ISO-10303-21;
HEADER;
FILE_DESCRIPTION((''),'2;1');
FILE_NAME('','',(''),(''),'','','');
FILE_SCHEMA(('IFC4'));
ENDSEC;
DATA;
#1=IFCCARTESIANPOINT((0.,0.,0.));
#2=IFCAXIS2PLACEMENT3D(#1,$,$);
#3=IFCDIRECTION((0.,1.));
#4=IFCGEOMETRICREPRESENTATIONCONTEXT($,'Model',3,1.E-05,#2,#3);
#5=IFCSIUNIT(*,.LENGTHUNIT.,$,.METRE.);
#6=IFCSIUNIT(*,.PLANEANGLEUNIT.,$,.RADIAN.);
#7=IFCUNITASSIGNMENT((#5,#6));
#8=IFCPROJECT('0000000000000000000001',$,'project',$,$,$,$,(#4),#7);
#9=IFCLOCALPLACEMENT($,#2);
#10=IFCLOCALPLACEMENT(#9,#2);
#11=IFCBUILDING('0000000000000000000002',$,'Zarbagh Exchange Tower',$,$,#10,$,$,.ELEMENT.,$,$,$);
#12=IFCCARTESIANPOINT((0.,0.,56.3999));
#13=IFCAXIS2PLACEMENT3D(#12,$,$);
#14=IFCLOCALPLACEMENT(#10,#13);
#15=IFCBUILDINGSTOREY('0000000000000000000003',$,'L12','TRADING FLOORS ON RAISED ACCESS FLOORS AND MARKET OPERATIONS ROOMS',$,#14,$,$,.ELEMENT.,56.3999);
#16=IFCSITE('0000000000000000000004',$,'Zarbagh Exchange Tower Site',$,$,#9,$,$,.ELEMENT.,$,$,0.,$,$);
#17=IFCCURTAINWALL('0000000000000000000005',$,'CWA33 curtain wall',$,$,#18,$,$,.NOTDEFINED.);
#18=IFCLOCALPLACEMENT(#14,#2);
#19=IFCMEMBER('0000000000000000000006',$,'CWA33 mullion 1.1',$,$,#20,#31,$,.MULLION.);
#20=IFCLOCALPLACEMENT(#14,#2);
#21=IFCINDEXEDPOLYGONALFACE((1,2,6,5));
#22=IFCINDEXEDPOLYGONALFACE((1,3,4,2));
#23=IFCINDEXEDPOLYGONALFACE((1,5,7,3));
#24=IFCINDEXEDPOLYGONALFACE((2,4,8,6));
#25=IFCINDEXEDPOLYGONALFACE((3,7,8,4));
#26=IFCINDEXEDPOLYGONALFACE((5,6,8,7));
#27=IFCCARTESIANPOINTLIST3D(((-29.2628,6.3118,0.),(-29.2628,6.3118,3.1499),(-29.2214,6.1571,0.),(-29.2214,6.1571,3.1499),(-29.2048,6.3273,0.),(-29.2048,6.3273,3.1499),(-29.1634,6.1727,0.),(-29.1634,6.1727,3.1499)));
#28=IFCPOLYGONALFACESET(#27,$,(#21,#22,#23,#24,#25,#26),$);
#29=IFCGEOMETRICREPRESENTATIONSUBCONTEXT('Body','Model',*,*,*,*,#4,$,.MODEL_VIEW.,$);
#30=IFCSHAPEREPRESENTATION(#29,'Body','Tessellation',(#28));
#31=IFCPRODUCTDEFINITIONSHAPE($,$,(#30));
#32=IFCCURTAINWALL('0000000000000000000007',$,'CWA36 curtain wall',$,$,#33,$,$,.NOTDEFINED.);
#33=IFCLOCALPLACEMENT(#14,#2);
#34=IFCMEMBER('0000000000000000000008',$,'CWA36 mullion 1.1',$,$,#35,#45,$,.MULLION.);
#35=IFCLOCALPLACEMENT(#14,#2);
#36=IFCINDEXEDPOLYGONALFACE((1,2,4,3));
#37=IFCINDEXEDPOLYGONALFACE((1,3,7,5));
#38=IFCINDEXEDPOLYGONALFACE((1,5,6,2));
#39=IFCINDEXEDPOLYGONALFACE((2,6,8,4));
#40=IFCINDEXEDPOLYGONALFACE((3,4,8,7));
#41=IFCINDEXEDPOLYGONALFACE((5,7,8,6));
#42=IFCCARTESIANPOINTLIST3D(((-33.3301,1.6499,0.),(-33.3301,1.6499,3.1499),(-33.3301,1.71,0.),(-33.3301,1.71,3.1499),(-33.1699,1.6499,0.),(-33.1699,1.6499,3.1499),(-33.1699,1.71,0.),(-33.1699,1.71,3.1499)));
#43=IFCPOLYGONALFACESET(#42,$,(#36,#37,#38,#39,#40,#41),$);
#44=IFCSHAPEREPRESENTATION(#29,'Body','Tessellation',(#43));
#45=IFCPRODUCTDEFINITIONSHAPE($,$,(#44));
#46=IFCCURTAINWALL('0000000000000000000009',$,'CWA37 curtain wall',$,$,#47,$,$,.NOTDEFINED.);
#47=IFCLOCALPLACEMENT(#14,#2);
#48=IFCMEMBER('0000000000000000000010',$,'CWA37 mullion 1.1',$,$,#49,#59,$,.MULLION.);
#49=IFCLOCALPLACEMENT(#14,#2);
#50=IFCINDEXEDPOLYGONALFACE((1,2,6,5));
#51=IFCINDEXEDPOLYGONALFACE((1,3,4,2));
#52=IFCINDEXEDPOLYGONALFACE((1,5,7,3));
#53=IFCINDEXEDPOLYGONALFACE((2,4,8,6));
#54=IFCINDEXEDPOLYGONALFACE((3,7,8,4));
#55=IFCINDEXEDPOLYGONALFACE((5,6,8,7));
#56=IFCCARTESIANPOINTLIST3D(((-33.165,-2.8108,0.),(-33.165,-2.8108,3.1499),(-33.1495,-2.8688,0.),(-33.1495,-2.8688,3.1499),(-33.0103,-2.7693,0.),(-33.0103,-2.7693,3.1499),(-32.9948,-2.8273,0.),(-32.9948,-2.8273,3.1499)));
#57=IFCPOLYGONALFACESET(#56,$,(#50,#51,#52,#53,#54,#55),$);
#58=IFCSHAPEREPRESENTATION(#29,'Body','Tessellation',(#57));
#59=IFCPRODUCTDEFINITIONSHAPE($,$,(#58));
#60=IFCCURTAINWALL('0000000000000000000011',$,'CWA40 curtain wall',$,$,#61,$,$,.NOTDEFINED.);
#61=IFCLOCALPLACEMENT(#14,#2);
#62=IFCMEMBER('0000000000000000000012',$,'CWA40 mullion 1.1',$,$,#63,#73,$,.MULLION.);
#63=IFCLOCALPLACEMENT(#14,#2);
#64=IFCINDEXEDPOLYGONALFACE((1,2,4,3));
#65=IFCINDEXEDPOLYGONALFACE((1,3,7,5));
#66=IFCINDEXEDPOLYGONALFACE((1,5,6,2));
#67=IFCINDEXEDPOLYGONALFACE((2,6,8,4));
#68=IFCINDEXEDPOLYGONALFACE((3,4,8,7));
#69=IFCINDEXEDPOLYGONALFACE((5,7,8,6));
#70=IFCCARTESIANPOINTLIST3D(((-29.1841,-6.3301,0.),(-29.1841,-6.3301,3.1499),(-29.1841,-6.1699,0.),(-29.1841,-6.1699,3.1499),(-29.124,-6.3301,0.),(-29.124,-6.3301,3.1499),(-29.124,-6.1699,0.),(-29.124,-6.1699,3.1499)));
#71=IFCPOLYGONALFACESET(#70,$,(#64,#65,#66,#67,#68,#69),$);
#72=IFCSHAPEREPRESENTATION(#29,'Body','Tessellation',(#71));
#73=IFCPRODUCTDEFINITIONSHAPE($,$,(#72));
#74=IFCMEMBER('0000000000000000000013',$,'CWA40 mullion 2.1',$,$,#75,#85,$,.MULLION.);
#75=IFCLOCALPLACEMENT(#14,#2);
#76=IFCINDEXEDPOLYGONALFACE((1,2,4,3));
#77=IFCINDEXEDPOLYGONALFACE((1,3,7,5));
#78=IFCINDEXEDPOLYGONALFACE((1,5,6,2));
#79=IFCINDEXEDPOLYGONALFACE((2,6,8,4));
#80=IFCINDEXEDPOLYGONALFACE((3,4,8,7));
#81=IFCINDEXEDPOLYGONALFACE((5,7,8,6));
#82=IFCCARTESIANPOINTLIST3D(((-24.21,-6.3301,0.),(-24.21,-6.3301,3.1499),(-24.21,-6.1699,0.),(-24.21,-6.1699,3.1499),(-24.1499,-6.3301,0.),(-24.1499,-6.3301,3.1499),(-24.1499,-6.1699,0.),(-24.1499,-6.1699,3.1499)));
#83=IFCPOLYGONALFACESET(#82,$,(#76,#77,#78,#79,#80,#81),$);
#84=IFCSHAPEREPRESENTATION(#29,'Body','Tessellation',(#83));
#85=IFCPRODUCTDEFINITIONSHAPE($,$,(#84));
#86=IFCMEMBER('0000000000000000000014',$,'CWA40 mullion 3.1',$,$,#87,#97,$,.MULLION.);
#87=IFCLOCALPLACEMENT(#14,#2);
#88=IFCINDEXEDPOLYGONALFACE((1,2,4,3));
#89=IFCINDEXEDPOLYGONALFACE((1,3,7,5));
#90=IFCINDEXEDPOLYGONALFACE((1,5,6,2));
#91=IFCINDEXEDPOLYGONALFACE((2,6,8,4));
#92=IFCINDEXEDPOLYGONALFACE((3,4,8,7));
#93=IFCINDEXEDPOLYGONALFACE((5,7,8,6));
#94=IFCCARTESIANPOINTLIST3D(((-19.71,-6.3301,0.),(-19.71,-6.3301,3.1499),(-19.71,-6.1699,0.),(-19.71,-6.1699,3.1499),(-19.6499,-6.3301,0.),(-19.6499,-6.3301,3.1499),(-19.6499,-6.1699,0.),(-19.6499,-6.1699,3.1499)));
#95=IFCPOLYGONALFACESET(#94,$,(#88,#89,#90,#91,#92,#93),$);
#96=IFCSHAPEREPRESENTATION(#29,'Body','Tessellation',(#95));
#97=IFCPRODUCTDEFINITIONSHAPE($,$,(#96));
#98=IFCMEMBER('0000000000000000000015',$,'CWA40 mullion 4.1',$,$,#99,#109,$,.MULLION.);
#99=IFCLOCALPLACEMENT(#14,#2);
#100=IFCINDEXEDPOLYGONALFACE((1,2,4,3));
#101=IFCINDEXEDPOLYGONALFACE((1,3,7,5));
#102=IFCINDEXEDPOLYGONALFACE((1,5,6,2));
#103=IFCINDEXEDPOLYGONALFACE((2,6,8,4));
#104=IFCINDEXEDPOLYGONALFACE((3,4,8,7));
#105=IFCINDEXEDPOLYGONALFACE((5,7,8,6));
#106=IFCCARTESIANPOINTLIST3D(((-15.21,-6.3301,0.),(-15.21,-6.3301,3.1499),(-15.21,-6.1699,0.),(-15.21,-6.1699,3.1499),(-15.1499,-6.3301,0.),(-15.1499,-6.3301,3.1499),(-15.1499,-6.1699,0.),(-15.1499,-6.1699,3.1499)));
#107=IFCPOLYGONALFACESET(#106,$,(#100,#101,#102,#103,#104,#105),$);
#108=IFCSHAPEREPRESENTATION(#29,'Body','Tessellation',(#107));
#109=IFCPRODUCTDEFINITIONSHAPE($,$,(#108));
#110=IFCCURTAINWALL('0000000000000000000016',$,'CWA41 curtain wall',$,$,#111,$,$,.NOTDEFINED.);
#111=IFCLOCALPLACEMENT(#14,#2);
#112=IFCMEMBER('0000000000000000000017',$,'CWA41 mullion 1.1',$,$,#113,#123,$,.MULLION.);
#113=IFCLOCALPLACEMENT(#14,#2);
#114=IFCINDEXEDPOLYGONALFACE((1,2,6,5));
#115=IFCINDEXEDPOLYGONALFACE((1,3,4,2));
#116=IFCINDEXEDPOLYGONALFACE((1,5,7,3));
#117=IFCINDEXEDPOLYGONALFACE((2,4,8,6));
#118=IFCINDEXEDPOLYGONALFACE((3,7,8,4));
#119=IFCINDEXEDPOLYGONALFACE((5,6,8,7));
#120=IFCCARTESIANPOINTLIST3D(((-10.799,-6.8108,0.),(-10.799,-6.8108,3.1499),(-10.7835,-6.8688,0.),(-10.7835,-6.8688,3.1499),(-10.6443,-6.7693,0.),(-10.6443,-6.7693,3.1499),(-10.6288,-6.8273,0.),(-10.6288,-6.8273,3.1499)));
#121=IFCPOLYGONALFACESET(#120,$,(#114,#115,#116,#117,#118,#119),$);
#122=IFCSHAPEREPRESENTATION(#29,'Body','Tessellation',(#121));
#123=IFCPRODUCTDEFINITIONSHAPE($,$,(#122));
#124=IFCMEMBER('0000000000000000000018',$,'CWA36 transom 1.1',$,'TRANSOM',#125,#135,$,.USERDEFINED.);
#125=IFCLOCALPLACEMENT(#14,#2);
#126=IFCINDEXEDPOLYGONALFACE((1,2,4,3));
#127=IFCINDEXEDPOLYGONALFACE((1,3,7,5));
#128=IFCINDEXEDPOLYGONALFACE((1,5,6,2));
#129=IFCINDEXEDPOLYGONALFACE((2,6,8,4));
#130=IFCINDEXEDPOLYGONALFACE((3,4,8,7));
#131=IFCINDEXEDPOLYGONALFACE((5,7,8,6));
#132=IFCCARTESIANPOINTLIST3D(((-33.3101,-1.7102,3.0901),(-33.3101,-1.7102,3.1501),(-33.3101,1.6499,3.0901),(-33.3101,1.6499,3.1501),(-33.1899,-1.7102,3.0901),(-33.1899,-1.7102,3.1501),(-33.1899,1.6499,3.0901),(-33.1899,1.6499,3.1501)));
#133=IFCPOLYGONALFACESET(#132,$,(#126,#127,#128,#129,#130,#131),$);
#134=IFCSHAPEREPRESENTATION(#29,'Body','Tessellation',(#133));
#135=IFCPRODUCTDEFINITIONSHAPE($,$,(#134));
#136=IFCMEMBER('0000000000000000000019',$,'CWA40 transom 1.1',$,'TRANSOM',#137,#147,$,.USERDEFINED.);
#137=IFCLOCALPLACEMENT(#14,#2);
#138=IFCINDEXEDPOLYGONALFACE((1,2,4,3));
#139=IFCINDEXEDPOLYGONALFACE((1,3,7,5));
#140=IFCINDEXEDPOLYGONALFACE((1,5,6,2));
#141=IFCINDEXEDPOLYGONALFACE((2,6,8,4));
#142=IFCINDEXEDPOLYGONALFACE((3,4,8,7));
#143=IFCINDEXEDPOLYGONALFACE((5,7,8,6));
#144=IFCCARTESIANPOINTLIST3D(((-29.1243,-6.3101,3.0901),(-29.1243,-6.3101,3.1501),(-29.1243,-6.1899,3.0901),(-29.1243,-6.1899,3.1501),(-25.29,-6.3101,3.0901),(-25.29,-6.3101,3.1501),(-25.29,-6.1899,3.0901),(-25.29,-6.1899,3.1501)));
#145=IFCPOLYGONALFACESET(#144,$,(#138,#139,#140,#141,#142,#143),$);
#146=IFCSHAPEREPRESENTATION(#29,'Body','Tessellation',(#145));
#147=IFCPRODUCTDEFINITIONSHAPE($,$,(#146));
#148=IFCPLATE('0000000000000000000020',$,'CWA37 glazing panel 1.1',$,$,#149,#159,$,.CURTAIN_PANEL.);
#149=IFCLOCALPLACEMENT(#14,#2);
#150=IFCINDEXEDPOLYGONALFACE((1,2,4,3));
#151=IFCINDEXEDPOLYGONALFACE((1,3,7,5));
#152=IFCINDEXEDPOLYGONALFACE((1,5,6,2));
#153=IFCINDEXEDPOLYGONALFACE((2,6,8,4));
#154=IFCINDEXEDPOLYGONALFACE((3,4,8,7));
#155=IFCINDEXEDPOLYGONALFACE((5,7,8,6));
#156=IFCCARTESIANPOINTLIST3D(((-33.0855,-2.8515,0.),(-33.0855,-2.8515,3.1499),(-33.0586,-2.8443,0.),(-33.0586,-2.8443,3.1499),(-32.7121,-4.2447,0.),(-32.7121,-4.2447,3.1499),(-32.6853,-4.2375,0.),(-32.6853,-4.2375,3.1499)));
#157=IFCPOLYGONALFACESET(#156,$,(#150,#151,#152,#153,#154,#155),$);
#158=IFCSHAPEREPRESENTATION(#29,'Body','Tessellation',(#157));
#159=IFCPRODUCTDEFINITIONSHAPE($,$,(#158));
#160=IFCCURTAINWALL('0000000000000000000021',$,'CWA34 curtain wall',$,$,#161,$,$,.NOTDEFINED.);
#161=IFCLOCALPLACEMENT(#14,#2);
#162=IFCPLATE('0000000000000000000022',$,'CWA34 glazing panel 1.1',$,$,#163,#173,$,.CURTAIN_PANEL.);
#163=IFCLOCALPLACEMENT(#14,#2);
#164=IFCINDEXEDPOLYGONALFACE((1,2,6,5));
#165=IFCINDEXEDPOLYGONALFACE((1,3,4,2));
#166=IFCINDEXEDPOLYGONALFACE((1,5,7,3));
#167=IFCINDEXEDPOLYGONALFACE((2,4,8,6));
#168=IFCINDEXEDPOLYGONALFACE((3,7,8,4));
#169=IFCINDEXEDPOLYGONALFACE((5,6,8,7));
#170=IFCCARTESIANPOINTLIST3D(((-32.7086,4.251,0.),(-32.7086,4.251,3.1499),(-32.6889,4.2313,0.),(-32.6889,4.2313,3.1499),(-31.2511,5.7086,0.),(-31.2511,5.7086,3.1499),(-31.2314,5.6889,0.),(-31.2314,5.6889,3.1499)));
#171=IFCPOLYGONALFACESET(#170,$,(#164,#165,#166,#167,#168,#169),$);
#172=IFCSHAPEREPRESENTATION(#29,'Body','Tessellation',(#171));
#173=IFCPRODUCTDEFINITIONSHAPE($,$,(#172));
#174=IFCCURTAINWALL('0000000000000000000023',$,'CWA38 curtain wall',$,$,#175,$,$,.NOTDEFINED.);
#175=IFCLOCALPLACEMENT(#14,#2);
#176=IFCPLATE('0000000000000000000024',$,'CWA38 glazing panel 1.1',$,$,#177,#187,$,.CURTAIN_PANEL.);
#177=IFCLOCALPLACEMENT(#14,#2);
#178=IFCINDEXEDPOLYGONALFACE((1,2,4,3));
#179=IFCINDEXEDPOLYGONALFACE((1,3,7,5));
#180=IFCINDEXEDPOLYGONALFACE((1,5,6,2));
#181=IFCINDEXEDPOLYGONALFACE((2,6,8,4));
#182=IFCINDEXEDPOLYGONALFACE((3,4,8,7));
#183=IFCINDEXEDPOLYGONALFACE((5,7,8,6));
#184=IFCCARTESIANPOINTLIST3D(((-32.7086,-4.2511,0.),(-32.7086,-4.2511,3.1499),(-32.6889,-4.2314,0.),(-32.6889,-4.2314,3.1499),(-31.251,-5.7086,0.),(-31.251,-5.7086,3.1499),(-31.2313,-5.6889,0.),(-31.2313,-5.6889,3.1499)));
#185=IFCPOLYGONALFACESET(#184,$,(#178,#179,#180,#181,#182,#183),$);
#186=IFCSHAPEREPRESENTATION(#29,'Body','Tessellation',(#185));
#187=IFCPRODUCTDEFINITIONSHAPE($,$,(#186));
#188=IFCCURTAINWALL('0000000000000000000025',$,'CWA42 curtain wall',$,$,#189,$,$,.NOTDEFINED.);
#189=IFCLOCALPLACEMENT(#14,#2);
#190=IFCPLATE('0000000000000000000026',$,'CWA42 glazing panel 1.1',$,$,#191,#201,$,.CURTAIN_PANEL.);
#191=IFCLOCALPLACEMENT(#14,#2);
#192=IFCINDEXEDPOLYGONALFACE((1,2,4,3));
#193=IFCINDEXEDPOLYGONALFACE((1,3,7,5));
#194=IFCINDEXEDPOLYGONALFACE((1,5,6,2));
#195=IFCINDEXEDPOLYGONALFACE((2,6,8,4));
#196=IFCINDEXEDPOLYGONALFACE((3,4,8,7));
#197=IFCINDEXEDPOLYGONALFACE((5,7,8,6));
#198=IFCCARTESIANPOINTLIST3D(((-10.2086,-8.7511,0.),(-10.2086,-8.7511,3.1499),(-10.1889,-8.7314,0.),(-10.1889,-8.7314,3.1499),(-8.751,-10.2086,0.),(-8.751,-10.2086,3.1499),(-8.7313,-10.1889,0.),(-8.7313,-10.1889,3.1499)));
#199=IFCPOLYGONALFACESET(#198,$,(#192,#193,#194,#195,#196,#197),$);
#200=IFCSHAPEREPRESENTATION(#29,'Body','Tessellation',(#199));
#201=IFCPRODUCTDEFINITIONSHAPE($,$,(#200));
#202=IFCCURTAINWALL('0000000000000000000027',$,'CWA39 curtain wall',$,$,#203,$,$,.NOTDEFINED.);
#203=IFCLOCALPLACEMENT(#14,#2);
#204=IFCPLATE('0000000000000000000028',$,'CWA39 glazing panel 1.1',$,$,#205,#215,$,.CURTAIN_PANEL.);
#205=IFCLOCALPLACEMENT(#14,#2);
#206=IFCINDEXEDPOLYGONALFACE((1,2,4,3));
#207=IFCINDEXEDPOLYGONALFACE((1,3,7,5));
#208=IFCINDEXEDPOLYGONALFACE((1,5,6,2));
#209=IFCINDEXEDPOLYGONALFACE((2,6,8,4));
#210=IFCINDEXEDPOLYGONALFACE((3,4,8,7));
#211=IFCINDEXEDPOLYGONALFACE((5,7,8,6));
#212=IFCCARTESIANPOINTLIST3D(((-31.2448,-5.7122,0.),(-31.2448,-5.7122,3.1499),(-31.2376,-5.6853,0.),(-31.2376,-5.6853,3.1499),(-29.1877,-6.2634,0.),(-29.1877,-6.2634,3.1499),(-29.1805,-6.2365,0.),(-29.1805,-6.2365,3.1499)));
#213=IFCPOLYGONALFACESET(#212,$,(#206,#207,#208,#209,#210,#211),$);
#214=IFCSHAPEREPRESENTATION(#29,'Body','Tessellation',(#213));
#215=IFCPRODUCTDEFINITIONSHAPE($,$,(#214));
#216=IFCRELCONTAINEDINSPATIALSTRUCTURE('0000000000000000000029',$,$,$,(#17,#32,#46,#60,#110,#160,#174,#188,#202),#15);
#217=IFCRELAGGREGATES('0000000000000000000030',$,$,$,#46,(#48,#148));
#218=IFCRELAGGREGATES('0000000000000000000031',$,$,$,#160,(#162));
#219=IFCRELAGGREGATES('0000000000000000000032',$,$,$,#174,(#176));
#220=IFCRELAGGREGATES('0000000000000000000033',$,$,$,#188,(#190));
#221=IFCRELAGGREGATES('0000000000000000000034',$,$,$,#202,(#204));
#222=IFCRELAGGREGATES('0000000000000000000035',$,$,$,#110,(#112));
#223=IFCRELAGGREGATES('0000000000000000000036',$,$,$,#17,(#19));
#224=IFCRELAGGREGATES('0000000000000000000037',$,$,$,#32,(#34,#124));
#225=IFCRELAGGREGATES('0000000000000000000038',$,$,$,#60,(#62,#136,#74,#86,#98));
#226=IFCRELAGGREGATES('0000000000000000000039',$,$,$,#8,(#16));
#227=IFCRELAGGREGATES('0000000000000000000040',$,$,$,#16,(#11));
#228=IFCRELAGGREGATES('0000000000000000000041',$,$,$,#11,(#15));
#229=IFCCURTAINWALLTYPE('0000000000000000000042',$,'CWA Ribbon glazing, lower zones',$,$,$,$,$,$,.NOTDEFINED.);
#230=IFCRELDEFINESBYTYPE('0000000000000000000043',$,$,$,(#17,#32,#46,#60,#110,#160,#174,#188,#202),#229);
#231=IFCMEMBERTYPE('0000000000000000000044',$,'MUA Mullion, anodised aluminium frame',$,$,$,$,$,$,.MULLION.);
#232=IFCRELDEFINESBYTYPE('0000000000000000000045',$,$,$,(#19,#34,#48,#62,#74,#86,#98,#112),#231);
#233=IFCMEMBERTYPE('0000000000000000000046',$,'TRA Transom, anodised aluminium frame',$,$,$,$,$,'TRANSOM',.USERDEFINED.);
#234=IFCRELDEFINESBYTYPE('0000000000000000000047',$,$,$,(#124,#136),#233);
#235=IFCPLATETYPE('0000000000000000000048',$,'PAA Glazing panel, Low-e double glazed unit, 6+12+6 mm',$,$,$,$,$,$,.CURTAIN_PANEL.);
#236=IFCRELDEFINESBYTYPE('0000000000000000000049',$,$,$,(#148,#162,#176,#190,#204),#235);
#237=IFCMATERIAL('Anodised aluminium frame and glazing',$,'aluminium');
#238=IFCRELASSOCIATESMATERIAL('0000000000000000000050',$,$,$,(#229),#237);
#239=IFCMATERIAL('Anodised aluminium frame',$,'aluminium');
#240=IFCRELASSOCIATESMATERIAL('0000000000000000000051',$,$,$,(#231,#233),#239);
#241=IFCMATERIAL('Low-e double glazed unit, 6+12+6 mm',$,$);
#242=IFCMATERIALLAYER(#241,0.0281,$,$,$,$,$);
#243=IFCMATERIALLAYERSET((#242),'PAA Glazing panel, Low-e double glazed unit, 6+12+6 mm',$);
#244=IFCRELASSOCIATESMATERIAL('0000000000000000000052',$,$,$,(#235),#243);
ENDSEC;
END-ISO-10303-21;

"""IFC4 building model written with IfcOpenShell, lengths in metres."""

from ifc_helpers import new_model, si_unit, direction, frame, origin, place, context, subcontext, project, spatial, polyline, outline, extrude, source, transform, mapped, material, layer, layer_set, type_object, element, aggregate, save


model = new_model("IFC4")

# Units and contexts
model_context = context("Model", 3, precision=1e-05, world=origin(), true_north=direction((0.0, 1.0)))
body_context = subcontext(model_context, "Body", "Model", "MODEL_VIEW")
ifc_project = project(units=[si_unit("LENGTHUNIT", "METRE"), si_unit("PLANEANGLEUNIT", "RADIAN")], contexts=[model_context])

# Site, building, storey
site_placement = place(None, origin())
site = spatial("IfcSite", under=ifc_project, at=site_placement, Name="Zarbagh Exchange Tower Site", CompositionType="ELEMENT", RefElevation=0.0)
building_placement = place(site_placement, origin())
building = spatial("IfcBuilding", under=site, at=building_placement, Name="Zarbagh Exchange Tower", CompositionType="ELEMENT")
storey_placement = place(building_placement, frame((0.0, 0.0, 56.3999)))
storey = spatial("IfcBuildingStorey", under=building, at=storey_placement, Name="L12", Description="TRADING FLOORS ON RAISED ACCESS FLOORS AND MARKET OPERATIONS ROOMS", CompositionType="ELEMENT", Elevation=56.3999)

# Curtain walls, members
ifc_material_1 = material(Name="Anodised aluminium frame and glazing", Category="aluminium")
curtain_wall_type = type_object("IfcCurtainWallType", Name="CWA Ribbon glazing, lower zones", PredefinedType="NOTDEFINED", material=ifc_material_1)
curtain_wall_1_placement = place(storey_placement, origin())
curtain_wall_1 = element("IfcCurtainWall", 1, at=curtain_wall_1_placement, inside=storey, type_object=curtain_wall_type, Name="CWA33 curtain wall", PredefinedType="NOTDEFINED")
ifc_material_2 = material(Name="Anodised aluminium frame", Category="aluminium")
member_type_1 = type_object("IfcMemberType", Name="MUA Mullion, anodised aluminium frame", PredefinedType="MULLION", material=ifc_material_2)
shared_shape_1 = source(origin(), body_context, "Body", "SweptSolid", [
    extrude(outline(polyline([(0.0, -0.0801), (0.0601, -0.0801), (0.0601, 0.0801), (0.0, 0.0801), (0.0, -0.0801)])), origin(), (0.0, 0.0, 1.0), 3.1499),
])
placement = place(storey_placement, origin())
member_1 = element("IfcMember", 2, at=placement, type_object=member_type_1, Name="CWA33 mullion 1.1", PredefinedType="MULLION", context=body_context, shape_type="MappedRepresentation", body=[
    mapped(shared_shape_1, transform((-29.1841, 6.25, 0.0), x_axis=(-0.965924, -0.258825, 0.0), y_axis=(0.258825, -0.965924, 0.0), z_axis=(0.0, 0.0, 1.0))),
])
curtain_wall_2_placement = place(storey_placement, origin())
curtain_wall_2 = element("IfcCurtainWall", 3, at=curtain_wall_2_placement, inside=storey, type_object=curtain_wall_type, Name="CWA36 curtain wall", PredefinedType="NOTDEFINED")
member_2 = element("IfcMember", 4, at=placement, type_object=member_type_1, Name="CWA36 mullion 1.1", PredefinedType="MULLION", context=body_context, shape_type="MappedRepresentation", body=[
    mapped(shared_shape_1, transform((-33.25, 1.71, 0.0), x_axis=(0.0, -1.0, 0.0), y_axis=(1.0, 0.0, 0.0), z_axis=(0.0, 0.0, 1.0))),
])
curtain_wall_3_placement = place(storey_placement, origin())
curtain_wall_3 = element("IfcCurtainWall", 5, at=curtain_wall_3_placement, inside=storey, type_object=curtain_wall_type, Name="CWA37 curtain wall", PredefinedType="NOTDEFINED")
member_3 = element("IfcMember", 6, at=placement, type_object=member_type_1, Name="CWA37 mullion 1.1", PredefinedType="MULLION", context=body_context, shape_type="MappedRepresentation", body=[
    mapped(shared_shape_1, transform((-33.0876, -2.79, 0.0), x_axis=(0.258825, -0.965924, 0.0), y_axis=(0.965924, 0.258825, 0.0), z_axis=(0.0, 0.0, 1.0))),
])

# Curtain wall, members
curtain_wall_4_placement = place(storey_placement, origin())
curtain_wall_4 = element("IfcCurtainWall", 7, at=curtain_wall_4_placement, inside=storey, type_object=curtain_wall_type, Name="CWA40 curtain wall", PredefinedType="NOTDEFINED")
member_4 = element("IfcMember", 8, at=placement, type_object=member_type_1, Name="CWA40 mullion 1.1", PredefinedType="MULLION", context=body_context, shape_type="MappedRepresentation", body=[
    mapped(shared_shape_1, transform((-29.1841, -6.25, 0.0), x_axis=(1.0, 0.0, 0.0), y_axis=(0.0, 1.0, 0.0), z_axis=(0.0, 0.0, 1.0))),
])
member_5 = element("IfcMember", 9, at=placement, type_object=member_type_1, Name="CWA40 mullion 2.1", PredefinedType="MULLION", context=body_context, shape_type="MappedRepresentation", body=[
    mapped(shared_shape_1, transform((-24.21, -6.25, 0.0), x_axis=(1.0, 0.0, 0.0), y_axis=(0.0, 1.0, 0.0), z_axis=(0.0, 0.0, 1.0))),
])
member_6 = element("IfcMember", 10, at=placement, type_object=member_type_1, Name="CWA40 mullion 3.1", PredefinedType="MULLION", context=body_context, shape_type="MappedRepresentation", body=[
    mapped(shared_shape_1, transform((-19.71, -6.25, 0.0), x_axis=(1.0, 0.0, 0.0), y_axis=(0.0, 1.0, 0.0), z_axis=(0.0, 0.0, 1.0))),
])
member_7 = element("IfcMember", 11, at=placement, type_object=member_type_1, Name="CWA40 mullion 4.1", PredefinedType="MULLION", context=body_context, shape_type="MappedRepresentation", body=[
    mapped(shared_shape_1, transform((-15.21, -6.25, 0.0), x_axis=(1.0, 0.0, 0.0), y_axis=(0.0, 1.0, 0.0), z_axis=(0.0, 0.0, 1.0))),
])

# Curtain wall, member
curtain_wall_5_placement = place(storey_placement, origin())
curtain_wall_5 = element("IfcCurtainWall", 12, at=curtain_wall_5_placement, inside=storey, type_object=curtain_wall_type, Name="CWA41 curtain wall", PredefinedType="NOTDEFINED")
member_8 = element("IfcMember", 13, at=placement, type_object=member_type_1, Name="CWA41 mullion 1.1", PredefinedType="MULLION", context=body_context, shape_type="MappedRepresentation", body=[
    mapped(shared_shape_1, transform((-10.7217, -6.79, 0.0), x_axis=(0.258825, -0.965924, 0.0), y_axis=(0.965924, 0.258825, 0.0), z_axis=(0.0, 0.0, 1.0))),
])

# Members
member_type_2 = type_object("IfcMemberType", Name="TRA Transom, anodised aluminium frame", ElementType="TRANSOM", PredefinedType="USERDEFINED", material=ifc_material_2)
shared_shape_2 = source(origin(), body_context, "Body", "SweptSolid", [
    extrude(outline(polyline([(-0.0601, -0.0601), (0.0, -0.0601), (0.0, 0.0601), (-0.0601, 0.0601), (-0.0601, -0.0601)])), origin(), (0.0, 0.0, 1.0), 3.3601),
])
member_9 = element("IfcMember", 14, at=placement, type_object=member_type_2, Name="CWA36 transom 1.1", ObjectType="TRANSOM", PredefinedType="USERDEFINED", context=body_context, shape_type="MappedRepresentation", body=[
    mapped(shared_shape_2, transform((-33.25, 1.6499, 3.1501), x_axis=(0.0, 0.0, 1.0), y_axis=(-1.0, 0.0, 0.0), z_axis=(0.0, -1.0, 0.0))),
])
shared_shape_3 = source(origin(), body_context, "Body", "SweptSolid", [
    extrude(outline(polyline([(-0.0601, -0.0601), (0.0, -0.0601), (0.0, 0.0601), (-0.0601, 0.0601), (-0.0601, -0.0601)])), origin(), (0.0, 0.0, 1.0), 3.8342),
])
member_10 = element("IfcMember", 15, at=placement, type_object=member_type_2, Name="CWA40 transom 1.1", ObjectType="TRANSOM", PredefinedType="USERDEFINED", context=body_context, shape_type="MappedRepresentation", body=[
    mapped(shared_shape_3, transform((-29.1243, -6.25, 3.1501), x_axis=(0.0, 0.0, 1.0), y_axis=(0.0, -1.0, 0.0), z_axis=(1.0, 0.0, 0.0))),
])

# Plate
ifc_material_3 = material(Name="Low-e double glazed unit, 6+12+6 mm")
ifc_layer = layer(ifc_material_3, 0.0281)
ifc_layer_set = layer_set([ifc_layer], Name="PAA Glazing panel, Low-e double glazed unit, 6+12+6 mm")
plate_type = type_object("IfcPlateType", Name="PAA Glazing panel, Low-e double glazed unit, 6+12+6 mm", PredefinedType="CURTAIN_PANEL", material=ifc_layer_set)
shared_shape_4 = source(origin(), body_context, "Body", "SweptSolid", [
    extrude(outline(polyline([(0.0, -0.0139), (1.4424, -0.0139), (1.4424, 0.0139), (0.0, 0.0139), (0.0, -0.0139)])), origin(), (0.0, 0.0, 1.0), 3.1499),
])
plate_1 = element("IfcPlate", 16, at=placement, type_object=plate_type, Name="CWA37 glazing panel 1.1", PredefinedType="CURTAIN_PANEL", context=body_context, shape_type="MappedRepresentation", body=[
    mapped(shared_shape_4, transform((-33.072, -2.8479, 0.0), x_axis=(0.258825, -0.965924, 0.0), y_axis=(0.965924, 0.258825, 0.0), z_axis=(0.0, 0.0, 1.0))),
])
aggregate(curtain_wall_3, [member_3, plate_1])

# Curtain walls, plates
curtain_wall_6_placement = place(storey_placement, origin())
curtain_wall_6 = element("IfcCurtainWall", 17, at=curtain_wall_6_placement, inside=storey, type_object=curtain_wall_type, Name="CWA34 curtain wall", PredefinedType="NOTDEFINED")
shared_shape_5 = source(origin(), body_context, "Body", "SweptSolid", [
    extrude(outline(polyline([(0.0, -0.0139), (2.0613, -0.0139), (2.0613, 0.0139), (0.0, 0.0139), (0.0, -0.0139)])), origin(), (0.0, 0.0, 1.0), 3.1499),
])
plate_2 = element("IfcPlate", 18, at=placement, type_object=plate_type, Name="CWA34 glazing panel 1.1", PredefinedType="CURTAIN_PANEL", context=body_context, shape_type="MappedRepresentation", body=[
    mapped(shared_shape_5, transform((-31.2412, 5.6987, 0.0), x_axis=(-0.707107, -0.707107, 0.0), y_axis=(0.707107, -0.707107, 0.0), z_axis=(0.0, 0.0, 1.0))),
])
aggregate(curtain_wall_6, [plate_2])
curtain_wall_7_placement = place(storey_placement, origin())
curtain_wall_7 = element("IfcCurtainWall", 19, at=curtain_wall_7_placement, inside=storey, type_object=curtain_wall_type, Name="CWA38 curtain wall", PredefinedType="NOTDEFINED")
plate_3 = element("IfcPlate", 20, at=placement, type_object=plate_type, Name="CWA38 glazing panel 1.1", PredefinedType="CURTAIN_PANEL", context=body_context, shape_type="MappedRepresentation", body=[
    mapped(shared_shape_5, transform((-32.6987, -4.2412, 0.0), x_axis=(0.707107, -0.707107, 0.0), y_axis=(0.707107, 0.707107, 0.0), z_axis=(0.0, 0.0, 1.0))),
])
aggregate(curtain_wall_7, [plate_3])
curtain_wall_8_placement = place(storey_placement, origin())
curtain_wall_8 = element("IfcCurtainWall", 21, at=curtain_wall_8_placement, inside=storey, type_object=curtain_wall_type, Name="CWA42 curtain wall", PredefinedType="NOTDEFINED")
plate_4 = element("IfcPlate", 22, at=placement, type_object=plate_type, Name="CWA42 glazing panel 1.1", PredefinedType="CURTAIN_PANEL", context=body_context, shape_type="MappedRepresentation", body=[
    mapped(shared_shape_5, transform((-10.1987, -8.7412, 0.0), x_axis=(0.707107, -0.707107, 0.0), y_axis=(0.707107, 0.707107, 0.0), z_axis=(0.0, 0.0, 1.0))),
])
aggregate(curtain_wall_8, [plate_4])
curtain_wall_9_placement = place(storey_placement, origin())
curtain_wall_9 = element("IfcCurtainWall", 23, at=curtain_wall_9_placement, inside=storey, type_object=curtain_wall_type, Name="CWA39 curtain wall", PredefinedType="NOTDEFINED")
shared_shape_6 = source(origin(), body_context, "Body", "SweptSolid", [
    extrude(outline(polyline([(0.0, -0.0139), (2.1296, -0.0139), (2.1296, 0.0139), (0.0, 0.0139), (0.0, -0.0139)])), origin(), (0.0, 0.0, 1.0), 3.1499),
])
plate_5 = element("IfcPlate", 24, at=placement, type_object=plate_type, Name="CWA39 glazing panel 1.1", PredefinedType="CURTAIN_PANEL", context=body_context, shape_type="MappedRepresentation", body=[
    mapped(shared_shape_6, transform((-31.2412, -5.6987, 0.0), x_axis=(0.965924, -0.258825, 0.0), y_axis=(0.258825, 0.965924, 0.0), z_axis=(0.0, 0.0, 1.0))),
])
aggregate(curtain_wall_9, [plate_5])

aggregate(curtain_wall_5, [member_8])

aggregate(curtain_wall_1, [member_1])

aggregate(curtain_wall_2, [member_2, member_9])
aggregate(curtain_wall_4, [member_4, member_10, member_5, member_6, member_7])

save(model, "model.ifc")
